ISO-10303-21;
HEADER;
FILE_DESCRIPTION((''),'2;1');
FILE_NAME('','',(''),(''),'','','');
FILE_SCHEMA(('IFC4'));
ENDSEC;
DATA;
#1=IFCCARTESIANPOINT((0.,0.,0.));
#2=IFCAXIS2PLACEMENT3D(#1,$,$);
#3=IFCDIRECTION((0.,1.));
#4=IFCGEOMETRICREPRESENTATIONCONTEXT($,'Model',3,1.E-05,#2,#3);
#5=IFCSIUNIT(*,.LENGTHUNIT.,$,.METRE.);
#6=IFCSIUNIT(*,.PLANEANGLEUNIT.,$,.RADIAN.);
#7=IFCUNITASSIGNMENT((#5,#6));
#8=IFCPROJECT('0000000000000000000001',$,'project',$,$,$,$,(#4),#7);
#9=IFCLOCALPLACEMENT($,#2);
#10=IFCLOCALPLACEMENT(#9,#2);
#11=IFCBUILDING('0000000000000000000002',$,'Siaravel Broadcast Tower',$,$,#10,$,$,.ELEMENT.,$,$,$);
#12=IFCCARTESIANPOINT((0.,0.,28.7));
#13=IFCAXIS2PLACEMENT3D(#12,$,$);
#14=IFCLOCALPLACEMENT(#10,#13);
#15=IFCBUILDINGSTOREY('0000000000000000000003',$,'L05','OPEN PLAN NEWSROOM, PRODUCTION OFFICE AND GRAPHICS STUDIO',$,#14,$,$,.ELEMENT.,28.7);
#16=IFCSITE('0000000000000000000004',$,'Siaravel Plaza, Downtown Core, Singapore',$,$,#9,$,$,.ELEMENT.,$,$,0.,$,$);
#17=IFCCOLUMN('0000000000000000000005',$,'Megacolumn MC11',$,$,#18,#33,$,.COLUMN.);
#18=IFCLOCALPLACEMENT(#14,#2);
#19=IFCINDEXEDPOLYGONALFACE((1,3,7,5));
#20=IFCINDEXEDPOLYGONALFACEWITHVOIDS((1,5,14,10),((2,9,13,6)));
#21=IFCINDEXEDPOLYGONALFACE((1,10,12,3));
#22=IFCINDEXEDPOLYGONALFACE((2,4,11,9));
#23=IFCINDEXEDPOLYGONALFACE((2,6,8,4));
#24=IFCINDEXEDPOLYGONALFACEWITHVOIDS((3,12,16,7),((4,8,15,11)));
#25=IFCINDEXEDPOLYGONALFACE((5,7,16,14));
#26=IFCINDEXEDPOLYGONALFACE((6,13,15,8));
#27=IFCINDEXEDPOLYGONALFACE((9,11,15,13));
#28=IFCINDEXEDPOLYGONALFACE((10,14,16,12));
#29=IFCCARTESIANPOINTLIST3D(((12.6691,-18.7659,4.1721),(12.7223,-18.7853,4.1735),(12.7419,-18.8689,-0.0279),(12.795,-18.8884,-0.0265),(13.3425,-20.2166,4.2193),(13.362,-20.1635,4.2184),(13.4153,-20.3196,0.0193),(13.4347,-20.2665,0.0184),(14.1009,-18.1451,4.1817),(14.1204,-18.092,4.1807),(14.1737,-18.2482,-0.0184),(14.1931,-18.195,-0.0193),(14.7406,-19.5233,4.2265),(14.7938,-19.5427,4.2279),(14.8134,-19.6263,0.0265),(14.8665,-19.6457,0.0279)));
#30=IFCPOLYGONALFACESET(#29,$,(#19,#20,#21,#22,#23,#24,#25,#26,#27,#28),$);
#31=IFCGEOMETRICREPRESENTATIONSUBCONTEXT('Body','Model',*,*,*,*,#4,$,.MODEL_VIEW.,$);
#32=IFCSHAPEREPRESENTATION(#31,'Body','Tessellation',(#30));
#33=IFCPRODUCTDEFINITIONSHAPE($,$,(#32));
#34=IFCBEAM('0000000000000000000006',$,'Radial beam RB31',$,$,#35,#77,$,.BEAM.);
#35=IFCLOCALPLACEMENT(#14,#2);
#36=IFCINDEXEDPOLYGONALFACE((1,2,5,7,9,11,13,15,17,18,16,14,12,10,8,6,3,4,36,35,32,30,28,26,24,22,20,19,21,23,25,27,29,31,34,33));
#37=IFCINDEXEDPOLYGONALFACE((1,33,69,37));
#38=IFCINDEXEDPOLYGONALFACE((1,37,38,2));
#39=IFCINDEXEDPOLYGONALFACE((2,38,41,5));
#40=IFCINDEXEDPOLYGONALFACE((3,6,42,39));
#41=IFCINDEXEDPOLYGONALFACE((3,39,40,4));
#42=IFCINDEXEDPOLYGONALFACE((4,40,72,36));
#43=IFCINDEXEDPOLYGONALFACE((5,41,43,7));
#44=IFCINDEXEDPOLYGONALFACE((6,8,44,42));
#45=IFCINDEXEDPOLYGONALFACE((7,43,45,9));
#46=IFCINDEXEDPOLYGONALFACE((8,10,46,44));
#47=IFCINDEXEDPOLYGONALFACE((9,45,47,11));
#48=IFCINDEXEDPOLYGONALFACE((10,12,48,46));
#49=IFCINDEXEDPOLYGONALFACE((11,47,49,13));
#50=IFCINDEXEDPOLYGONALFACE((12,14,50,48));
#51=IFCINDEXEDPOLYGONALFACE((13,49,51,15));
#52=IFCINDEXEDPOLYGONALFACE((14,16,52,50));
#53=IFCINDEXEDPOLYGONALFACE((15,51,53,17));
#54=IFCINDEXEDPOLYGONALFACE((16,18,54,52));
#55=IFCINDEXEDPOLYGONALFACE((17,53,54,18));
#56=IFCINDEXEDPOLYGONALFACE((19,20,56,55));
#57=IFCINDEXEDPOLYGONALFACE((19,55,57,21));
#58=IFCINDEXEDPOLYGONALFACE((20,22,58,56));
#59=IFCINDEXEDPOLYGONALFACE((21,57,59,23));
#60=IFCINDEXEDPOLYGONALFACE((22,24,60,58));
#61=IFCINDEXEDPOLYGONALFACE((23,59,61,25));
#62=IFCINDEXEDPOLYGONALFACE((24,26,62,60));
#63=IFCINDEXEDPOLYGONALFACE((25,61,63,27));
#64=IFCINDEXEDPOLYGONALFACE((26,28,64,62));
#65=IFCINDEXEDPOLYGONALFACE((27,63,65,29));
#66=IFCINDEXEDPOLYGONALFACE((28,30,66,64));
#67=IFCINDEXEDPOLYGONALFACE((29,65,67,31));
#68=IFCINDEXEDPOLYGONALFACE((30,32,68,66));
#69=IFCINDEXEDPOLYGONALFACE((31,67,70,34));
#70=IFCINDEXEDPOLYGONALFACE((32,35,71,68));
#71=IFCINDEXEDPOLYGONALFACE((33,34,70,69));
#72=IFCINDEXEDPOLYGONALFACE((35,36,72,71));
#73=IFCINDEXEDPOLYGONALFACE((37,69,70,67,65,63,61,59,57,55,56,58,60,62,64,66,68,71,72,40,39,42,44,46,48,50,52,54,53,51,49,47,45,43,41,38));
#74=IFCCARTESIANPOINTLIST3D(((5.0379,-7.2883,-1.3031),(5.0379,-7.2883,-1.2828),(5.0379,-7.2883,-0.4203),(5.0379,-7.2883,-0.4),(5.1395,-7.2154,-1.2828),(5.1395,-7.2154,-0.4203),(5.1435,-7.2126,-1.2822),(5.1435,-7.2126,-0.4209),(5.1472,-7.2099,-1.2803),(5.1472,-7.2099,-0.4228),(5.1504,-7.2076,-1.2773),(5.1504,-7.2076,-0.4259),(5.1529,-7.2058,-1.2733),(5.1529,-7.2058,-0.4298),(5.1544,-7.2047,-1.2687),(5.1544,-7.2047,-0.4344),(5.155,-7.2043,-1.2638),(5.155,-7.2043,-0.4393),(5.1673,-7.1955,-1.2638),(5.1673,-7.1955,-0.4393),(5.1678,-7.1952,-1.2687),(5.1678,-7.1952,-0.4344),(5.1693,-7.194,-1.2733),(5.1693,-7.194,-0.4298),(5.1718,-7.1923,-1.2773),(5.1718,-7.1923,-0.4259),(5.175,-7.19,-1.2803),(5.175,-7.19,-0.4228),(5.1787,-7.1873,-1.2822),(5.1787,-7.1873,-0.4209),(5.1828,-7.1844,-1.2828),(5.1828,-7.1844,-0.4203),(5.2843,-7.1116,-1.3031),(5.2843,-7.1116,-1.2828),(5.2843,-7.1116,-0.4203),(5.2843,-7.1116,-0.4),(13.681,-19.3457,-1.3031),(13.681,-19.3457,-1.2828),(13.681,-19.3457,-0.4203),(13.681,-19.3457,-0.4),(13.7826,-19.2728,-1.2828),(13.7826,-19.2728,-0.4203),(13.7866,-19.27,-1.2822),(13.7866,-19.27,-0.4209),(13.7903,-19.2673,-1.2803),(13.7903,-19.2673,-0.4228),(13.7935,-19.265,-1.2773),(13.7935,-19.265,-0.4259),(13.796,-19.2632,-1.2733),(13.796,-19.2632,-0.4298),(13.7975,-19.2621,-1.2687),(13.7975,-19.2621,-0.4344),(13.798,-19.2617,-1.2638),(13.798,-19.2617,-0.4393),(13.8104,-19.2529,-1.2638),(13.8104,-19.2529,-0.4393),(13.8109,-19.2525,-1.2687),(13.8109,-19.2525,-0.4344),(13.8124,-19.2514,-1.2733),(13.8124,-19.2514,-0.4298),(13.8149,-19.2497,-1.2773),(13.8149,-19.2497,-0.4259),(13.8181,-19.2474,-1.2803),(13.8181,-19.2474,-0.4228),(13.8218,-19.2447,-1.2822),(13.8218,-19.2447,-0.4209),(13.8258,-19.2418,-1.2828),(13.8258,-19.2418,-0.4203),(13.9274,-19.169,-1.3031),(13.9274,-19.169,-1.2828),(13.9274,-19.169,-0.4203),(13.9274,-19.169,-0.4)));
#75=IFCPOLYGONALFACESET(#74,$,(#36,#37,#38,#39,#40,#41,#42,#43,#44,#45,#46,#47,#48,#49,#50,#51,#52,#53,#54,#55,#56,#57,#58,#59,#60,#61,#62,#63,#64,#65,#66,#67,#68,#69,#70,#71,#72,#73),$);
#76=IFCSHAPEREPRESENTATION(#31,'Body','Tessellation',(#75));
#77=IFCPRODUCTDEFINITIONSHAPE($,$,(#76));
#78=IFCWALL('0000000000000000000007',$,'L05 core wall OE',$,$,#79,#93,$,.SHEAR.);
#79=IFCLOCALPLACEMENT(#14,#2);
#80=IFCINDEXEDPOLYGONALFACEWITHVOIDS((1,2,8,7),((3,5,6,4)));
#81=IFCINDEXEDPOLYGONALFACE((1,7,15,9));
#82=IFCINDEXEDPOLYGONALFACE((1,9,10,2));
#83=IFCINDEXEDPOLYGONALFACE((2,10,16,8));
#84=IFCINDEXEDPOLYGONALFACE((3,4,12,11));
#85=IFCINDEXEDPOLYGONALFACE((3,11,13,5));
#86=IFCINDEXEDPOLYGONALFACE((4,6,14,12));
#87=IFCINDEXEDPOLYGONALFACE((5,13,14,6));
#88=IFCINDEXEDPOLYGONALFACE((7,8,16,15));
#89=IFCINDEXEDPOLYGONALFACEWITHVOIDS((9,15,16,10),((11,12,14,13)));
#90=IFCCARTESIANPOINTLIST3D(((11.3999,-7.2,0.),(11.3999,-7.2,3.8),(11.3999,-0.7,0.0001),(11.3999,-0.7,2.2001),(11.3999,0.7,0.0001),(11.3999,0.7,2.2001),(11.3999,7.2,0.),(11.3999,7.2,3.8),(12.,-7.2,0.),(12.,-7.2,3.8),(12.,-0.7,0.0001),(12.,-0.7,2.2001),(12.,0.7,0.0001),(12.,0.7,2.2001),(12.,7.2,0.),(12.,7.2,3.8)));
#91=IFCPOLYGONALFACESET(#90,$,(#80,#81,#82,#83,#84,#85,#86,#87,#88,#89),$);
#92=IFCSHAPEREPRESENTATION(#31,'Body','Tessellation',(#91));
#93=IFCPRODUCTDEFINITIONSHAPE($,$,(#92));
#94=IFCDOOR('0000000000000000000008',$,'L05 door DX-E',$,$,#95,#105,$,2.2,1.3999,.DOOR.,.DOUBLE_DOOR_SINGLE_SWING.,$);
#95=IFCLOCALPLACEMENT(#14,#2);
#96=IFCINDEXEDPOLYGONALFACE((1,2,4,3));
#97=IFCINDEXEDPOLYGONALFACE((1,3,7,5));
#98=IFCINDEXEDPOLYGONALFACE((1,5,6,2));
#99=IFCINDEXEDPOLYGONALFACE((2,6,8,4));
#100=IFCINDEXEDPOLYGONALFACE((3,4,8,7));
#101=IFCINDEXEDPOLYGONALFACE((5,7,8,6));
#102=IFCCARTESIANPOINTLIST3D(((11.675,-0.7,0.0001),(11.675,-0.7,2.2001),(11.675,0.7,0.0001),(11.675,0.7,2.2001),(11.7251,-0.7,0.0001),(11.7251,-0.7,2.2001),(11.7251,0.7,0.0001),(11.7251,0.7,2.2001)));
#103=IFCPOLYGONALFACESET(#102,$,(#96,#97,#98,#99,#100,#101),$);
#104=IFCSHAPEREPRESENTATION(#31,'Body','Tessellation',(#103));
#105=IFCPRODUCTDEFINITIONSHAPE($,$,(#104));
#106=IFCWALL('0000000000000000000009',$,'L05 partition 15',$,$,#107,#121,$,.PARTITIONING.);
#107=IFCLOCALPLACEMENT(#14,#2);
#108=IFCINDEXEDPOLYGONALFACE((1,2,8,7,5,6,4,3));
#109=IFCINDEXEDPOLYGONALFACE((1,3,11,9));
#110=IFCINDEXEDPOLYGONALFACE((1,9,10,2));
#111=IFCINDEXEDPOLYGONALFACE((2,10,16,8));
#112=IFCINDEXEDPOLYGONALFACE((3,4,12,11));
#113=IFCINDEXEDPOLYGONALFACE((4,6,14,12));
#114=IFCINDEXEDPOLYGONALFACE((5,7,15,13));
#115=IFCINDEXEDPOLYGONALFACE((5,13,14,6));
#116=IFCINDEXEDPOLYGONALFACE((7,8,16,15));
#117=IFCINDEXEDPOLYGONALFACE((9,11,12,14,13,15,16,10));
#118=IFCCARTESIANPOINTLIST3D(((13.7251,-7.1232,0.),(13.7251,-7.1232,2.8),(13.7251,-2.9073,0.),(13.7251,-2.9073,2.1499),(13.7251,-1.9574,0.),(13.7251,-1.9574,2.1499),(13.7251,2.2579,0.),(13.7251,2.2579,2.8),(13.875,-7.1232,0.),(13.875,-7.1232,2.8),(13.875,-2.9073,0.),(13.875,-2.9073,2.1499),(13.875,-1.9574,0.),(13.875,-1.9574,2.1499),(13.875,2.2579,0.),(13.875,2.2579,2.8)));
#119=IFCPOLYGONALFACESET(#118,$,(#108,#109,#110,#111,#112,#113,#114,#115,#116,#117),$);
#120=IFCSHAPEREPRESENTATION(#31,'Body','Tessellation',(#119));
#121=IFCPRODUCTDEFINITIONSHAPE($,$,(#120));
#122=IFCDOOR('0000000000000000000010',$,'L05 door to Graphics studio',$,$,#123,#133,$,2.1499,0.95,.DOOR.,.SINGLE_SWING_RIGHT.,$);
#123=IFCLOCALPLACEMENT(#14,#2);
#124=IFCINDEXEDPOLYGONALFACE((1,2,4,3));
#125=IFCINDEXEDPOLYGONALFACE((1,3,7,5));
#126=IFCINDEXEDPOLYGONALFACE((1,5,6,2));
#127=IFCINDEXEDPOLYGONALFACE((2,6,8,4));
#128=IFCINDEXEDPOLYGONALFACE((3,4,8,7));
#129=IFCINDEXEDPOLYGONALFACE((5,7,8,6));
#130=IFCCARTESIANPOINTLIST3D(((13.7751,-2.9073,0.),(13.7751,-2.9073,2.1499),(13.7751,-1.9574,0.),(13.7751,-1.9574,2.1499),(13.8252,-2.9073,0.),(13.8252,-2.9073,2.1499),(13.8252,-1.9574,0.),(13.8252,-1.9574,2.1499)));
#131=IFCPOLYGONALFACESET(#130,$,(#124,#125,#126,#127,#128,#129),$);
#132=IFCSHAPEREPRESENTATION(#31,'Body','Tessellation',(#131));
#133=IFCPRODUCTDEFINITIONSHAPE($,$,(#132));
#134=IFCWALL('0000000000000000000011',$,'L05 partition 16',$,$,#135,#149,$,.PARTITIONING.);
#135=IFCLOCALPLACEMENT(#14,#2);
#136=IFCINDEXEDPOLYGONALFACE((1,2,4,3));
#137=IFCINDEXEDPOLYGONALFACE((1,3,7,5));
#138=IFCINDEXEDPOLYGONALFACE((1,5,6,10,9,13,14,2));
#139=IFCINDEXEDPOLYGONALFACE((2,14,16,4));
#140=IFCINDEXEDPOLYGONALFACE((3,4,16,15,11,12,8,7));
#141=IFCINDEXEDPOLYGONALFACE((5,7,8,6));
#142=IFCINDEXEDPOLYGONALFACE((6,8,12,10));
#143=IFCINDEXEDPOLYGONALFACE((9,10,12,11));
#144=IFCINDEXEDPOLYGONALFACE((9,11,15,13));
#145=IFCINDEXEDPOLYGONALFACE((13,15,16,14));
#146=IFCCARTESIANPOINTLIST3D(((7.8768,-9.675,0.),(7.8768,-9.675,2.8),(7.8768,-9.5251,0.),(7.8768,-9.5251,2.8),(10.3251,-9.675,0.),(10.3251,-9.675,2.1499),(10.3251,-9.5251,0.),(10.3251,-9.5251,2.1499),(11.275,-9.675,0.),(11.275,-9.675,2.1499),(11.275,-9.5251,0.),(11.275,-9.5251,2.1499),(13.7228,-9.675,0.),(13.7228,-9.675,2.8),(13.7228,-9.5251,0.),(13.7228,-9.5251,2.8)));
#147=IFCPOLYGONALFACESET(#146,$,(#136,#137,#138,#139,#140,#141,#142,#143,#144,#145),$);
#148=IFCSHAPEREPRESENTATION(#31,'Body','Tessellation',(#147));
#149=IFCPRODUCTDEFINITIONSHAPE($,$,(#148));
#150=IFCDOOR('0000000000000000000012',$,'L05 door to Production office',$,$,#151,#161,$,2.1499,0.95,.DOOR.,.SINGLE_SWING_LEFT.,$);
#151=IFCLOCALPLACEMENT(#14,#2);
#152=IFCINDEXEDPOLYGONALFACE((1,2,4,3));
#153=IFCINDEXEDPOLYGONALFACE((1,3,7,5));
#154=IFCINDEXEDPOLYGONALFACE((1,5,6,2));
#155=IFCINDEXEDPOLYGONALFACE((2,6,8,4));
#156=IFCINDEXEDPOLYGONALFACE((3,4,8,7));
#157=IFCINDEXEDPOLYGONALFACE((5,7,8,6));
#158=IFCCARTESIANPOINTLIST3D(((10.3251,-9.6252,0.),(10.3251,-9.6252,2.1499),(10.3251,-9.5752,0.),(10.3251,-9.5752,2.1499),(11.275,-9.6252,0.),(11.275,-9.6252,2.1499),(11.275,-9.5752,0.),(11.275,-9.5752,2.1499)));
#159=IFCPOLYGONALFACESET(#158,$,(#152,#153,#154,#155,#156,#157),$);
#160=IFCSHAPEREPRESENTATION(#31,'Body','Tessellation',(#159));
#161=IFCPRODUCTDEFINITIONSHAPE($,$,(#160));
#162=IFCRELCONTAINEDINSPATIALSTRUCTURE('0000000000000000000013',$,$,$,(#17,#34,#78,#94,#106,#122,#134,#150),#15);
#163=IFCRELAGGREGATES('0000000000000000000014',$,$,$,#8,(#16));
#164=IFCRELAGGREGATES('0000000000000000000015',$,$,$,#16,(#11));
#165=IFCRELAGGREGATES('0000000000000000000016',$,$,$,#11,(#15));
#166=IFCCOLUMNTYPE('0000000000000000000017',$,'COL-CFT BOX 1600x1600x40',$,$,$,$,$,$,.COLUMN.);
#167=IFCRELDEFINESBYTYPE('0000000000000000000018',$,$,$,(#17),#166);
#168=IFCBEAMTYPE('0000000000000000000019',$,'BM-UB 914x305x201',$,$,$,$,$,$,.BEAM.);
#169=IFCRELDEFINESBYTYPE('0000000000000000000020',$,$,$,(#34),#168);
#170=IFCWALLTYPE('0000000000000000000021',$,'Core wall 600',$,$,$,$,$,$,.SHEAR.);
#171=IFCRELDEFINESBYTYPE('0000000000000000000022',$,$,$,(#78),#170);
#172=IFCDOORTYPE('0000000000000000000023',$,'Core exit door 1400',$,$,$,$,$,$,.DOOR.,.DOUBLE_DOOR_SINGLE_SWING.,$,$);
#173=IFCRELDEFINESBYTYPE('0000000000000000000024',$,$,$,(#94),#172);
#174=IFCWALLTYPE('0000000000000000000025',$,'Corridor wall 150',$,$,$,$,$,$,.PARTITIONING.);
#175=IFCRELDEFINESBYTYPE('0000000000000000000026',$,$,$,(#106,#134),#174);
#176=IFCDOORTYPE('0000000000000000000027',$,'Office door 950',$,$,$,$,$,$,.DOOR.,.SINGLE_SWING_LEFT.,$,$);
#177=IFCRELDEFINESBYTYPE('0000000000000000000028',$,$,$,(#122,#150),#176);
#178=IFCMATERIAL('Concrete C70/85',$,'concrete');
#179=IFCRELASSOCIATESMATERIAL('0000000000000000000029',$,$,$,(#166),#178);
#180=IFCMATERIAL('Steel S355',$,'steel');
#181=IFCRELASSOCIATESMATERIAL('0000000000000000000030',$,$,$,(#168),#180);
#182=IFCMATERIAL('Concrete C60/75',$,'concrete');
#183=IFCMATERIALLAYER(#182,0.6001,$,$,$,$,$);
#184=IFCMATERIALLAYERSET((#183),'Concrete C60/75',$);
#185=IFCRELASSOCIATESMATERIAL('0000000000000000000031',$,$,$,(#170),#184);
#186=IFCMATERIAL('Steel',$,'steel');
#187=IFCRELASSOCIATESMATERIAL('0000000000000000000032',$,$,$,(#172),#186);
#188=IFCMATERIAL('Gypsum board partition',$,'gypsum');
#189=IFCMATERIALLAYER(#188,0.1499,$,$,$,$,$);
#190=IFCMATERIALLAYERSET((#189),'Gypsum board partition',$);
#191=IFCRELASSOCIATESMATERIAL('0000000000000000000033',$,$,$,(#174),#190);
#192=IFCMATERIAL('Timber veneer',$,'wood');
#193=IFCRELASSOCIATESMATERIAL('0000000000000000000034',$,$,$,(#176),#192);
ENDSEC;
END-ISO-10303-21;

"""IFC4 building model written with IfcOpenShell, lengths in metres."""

from ifc_helpers import new_model, si_unit, direction, frame, frame_2d, origin, origin_2d, place, context, subcontext, project, spatial, rectangle, hollow_rectangle, i_section, extrude, material, layer, layer_set, material_profile, profile_set, type_object, element, fill, save


model = new_model("IFC4")

# Units and contexts
model_context = context("Model", 3, precision=1e-05, world=origin(), true_north=direction((0.0, 1.0)))
body_context = subcontext(model_context, "Body", "Model", "MODEL_VIEW")
ifc_project = project(units=[si_unit("LENGTHUNIT", "METRE"), si_unit("PLANEANGLEUNIT", "RADIAN")], contexts=[model_context])

# Site, building, storey
site_placement = place(None, origin())
site = spatial("IfcSite", under=ifc_project, at=site_placement, Name="Siaravel Plaza, Downtown Core, Singapore", CompositionType="ELEMENT", RefElevation=0.0)
building_placement = place(site_placement, origin())
building = spatial("IfcBuilding", under=site, at=building_placement, Name="Siaravel Broadcast Tower", CompositionType="ELEMENT")
storey_placement = place(building_placement, frame((0.0, 0.0, 28.7)))
storey = spatial("IfcBuildingStorey", under=building, at=storey_placement, Name="L05", Description="OPEN PLAN NEWSROOM, PRODUCTION OFFICE AND GRAPHICS STUDIO", CompositionType="ELEMENT", Elevation=28.7)

# Column
ifc_material_1 = material(Name="Concrete C70/85", Category="concrete")
ifc_material_profile_1 = material_profile(ifc_material_1, hollow_rectangle(XDim=1.6001, YDim=1.6001, WallThickness=0.04, at=origin_2d()))
ifc_profile_set_1 = profile_set([ifc_material_profile_1], Name="Concrete C70/85")
column_type = type_object("IfcColumnType", Name="COL-CFT BOX 1600x1600x40", PredefinedType="COLUMN", material=ifc_profile_set_1)
column_placement = place(storey_placement, frame((13.8042, -19.2573, 0.0), z_axis=(-0.017315, 0.02452, 0.999549), x_axis=(-0.906966, -0.421169, -0.005379)))
element("IfcColumn", 1, at=column_placement, inside=storey, type_object=column_type, Name="Megacolumn MC11", PredefinedType="COLUMN", context=body_context, shape_type="SweptSolid", body=[
    extrude(hollow_rectangle(XDim=1.6001, YDim=1.6001, WallThickness=0.04, at=origin_2d()), origin(), (0.0, 0.0, 1.0), 4.2019),
])

# Beam
ifc_material_2 = material(Name="Steel S355", Category="steel")
ifc_material_profile_2 = material_profile(ifc_material_2, i_section(OverallWidth=0.3032, OverallDepth=0.9031, WebThickness=0.0151, FlangeThickness=0.0203, FilletRadius=0.019, at=origin_2d()))
ifc_profile_set_2 = profile_set([ifc_material_profile_2], Name="Steel S355")
beam_type = type_object("IfcBeamType", Name="BM-UB 914x305x201", PredefinedType="BEAM", material=ifc_profile_set_2)
beam_placement = place(storey_placement, frame((13.8042, -19.2573, -0.8516), z_axis=(-0.582606, 0.812755, 0.0), x_axis=(-0.812755, -0.582606, 0.0)))
element("IfcBeam", 2, at=beam_placement, inside=storey, type_object=beam_type, Name="Radial beam RB31", PredefinedType="BEAM", context=body_context, shape_type="SweptSolid", body=[
    extrude(i_section(OverallWidth=0.3032, OverallDepth=0.9031, WebThickness=0.0151, FlangeThickness=0.0203, FilletRadius=0.019, at=origin_2d()), origin(), (0.0, 0.0, 1.0), 14.8352),
])

# Walls, openings, doors
ifc_material_3 = material(Name="Concrete C60/75", Category="concrete")
ifc_layer_1 = layer(ifc_material_3, 0.6001)
ifc_layer_set_1 = layer_set([ifc_layer_1], Name="Concrete C60/75")
wall_type_1 = type_object("IfcWallType", Name="Core wall 600", PredefinedType="SHEAR", material=ifc_layer_set_1)
wall_1_placement = place(storey_placement, frame((11.7, -7.2, 0.0), z_axis=(0.0, 0.0, 1.0), x_axis=(0.0, 1.0, 0.0)))
wall_1 = element("IfcWall", 3, at=wall_1_placement, inside=storey, type_object=wall_type_1, Name="L05 core wall OE", PredefinedType="SHEAR", context=body_context, shape_type="SweptSolid", body=[
    extrude(rectangle(XDim=14.3999, YDim=0.6001, at=frame_2d((7.2, 0.0))), origin(), (0.0, 0.0, 1.0), 3.8),
])
opening_1_placement = place(wall_1_placement, frame((6.5, 0.0, 0.0)))
opening_1 = element("IfcOpeningElement", 4, at=opening_1_placement, cuts=wall_1, PredefinedType="OPENING", context=body_context, shape_type="SweptSolid", body=[
    extrude(rectangle(XDim=1.3999, YDim=2.2, at=frame_2d((0.7, 1.1001))), frame((0.0, 0.3101, 0.0), z_axis=(0.0, -1.0, 0.0), x_axis=(1.0, 0.0, 0.0)), (0.0, 0.0, 1.0), 0.6201),
])
ifc_material_4 = material(Name="Steel", Category="steel")
door_type_1 = type_object("IfcDoorType", Name="Core exit door 1400", OperationType="DOUBLE_DOOR_SINGLE_SWING", PredefinedType="DOOR", material=ifc_material_4)
door_1_placement = place(opening_1_placement, origin())
door_1 = element("IfcDoor", 5, at=door_1_placement, inside=storey, type_object=door_type_1, Name="L05 door DX-E", OperationType="DOUBLE_DOOR_SINGLE_SWING", OverallHeight=2.2, OverallWidth=1.3999, PredefinedType="DOOR", context=body_context, shape_type="SweptSolid", body=[
    extrude(rectangle(XDim=1.3999, YDim=2.2, at=frame_2d((0.7, 1.1001))), frame((0.0, 0.0249, 0.0), z_axis=(0.0, -1.0, 0.0), x_axis=(1.0, 0.0, 0.0)), (0.0, 0.0, 1.0), 0.05),
])
fill(opening_1, door_1)
ifc_material_5 = material(Name="Gypsum board partition", Category="gypsum")
ifc_layer_2 = layer(ifc_material_5, 0.1499)
ifc_layer_set_2 = layer_set([ifc_layer_2], Name="Gypsum board partition")
wall_type_2 = type_object("IfcWallType", Name="Corridor wall 150", PredefinedType="PARTITIONING", material=ifc_layer_set_2)
wall_2_placement = place(storey_placement, frame((13.8, -7.123, 0.0), z_axis=(0.0, 0.0, 1.0), x_axis=(0.0, 1.0, 0.0)))
wall_2 = element("IfcWall", 6, at=wall_2_placement, inside=storey, type_object=wall_type_2, Name="L05 partition 15", PredefinedType="PARTITIONING", context=body_context, shape_type="SweptSolid", body=[
    extrude(rectangle(XDim=9.3811, YDim=0.1499, at=frame_2d((4.6904, 0.0))), origin(), (0.0, 0.0, 1.0), 2.8),
])
opening_2_placement = place(wall_2_placement, frame((4.2156, 0.0, 0.0)))
opening_2 = element("IfcOpeningElement", 7, at=opening_2_placement, cuts=wall_2, PredefinedType="OPENING", context=body_context, shape_type="SweptSolid", body=[
    extrude(rectangle(XDim=0.95, YDim=2.1499, at=frame_2d((0.4751, 1.075))), frame((0.0, 0.085, 0.0), z_axis=(0.0, -1.0, 0.0), x_axis=(1.0, 0.0, 0.0)), (0.0, 0.0, 1.0), 0.1699),
])
ifc_material_6 = material(Name="Timber veneer", Category="wood")
door_type_2 = type_object("IfcDoorType", Name="Office door 950", OperationType="SINGLE_SWING_LEFT", PredefinedType="DOOR", material=ifc_material_6)
door_2_placement = place(opening_2_placement, origin())
door_2 = element("IfcDoor", 8, at=door_2_placement, inside=storey, type_object=door_type_2, Name="L05 door to Graphics studio", OperationType="SINGLE_SWING_RIGHT", OverallHeight=2.1499, OverallWidth=0.95, PredefinedType="DOOR", context=body_context, shape_type="SweptSolid", body=[
    extrude(rectangle(XDim=0.95, YDim=2.1499, at=frame_2d((0.4751, 1.075))), frame((0.0, 0.0249, 0.0), z_axis=(0.0, -1.0, 0.0), x_axis=(1.0, 0.0, 0.0)), (0.0, 0.0, 1.0), 0.05),
])
fill(opening_2, door_2)
wall_3_placement = place(storey_placement, frame((7.877, -9.6001, 0.0), z_axis=(0.0, 0.0, 1.0), x_axis=(1.0, 0.0, 0.0)))
wall_3 = element("IfcWall", 9, at=wall_3_placement, inside=storey, type_object=wall_type_2, Name="L05 partition 16", PredefinedType="PARTITIONING", context=body_context, shape_type="SweptSolid", body=[
    extrude(rectangle(XDim=5.8459, YDim=0.1499, at=frame_2d((2.9229, 0.0))), origin(), (0.0, 0.0, 1.0), 2.8),
])
opening_3_placement = place(wall_3_placement, frame((2.448, 0.0, 0.0)))
opening_3 = element("IfcOpeningElement", 10, at=opening_3_placement, cuts=wall_3, PredefinedType="OPENING", context=body_context, shape_type="SweptSolid", body=[
    extrude(rectangle(XDim=0.95, YDim=2.1499, at=frame_2d((0.4751, 1.075))), frame((0.0, 0.085, 0.0), z_axis=(0.0, -1.0, 0.0), x_axis=(1.0, 0.0, 0.0)), (0.0, 0.0, 1.0), 0.1699),
])
door_3_placement = place(opening_3_placement, origin())
door_3 = element("IfcDoor", 11, at=door_3_placement, inside=storey, type_object=door_type_2, Name="L05 door to Production office", OperationType="SINGLE_SWING_LEFT", OverallHeight=2.1499, OverallWidth=0.95, PredefinedType="DOOR", context=body_context, shape_type="SweptSolid", body=[
    extrude(rectangle(XDim=0.95, YDim=2.1499, at=frame_2d((0.4751, 1.075))), frame((0.0, 0.0249, 0.0), z_axis=(0.0, -1.0, 0.0), x_axis=(1.0, 0.0, 0.0)), (0.0, 0.0, 1.0), 0.05),
])
fill(opening_3, door_3)

save(model, "model.ifc")
